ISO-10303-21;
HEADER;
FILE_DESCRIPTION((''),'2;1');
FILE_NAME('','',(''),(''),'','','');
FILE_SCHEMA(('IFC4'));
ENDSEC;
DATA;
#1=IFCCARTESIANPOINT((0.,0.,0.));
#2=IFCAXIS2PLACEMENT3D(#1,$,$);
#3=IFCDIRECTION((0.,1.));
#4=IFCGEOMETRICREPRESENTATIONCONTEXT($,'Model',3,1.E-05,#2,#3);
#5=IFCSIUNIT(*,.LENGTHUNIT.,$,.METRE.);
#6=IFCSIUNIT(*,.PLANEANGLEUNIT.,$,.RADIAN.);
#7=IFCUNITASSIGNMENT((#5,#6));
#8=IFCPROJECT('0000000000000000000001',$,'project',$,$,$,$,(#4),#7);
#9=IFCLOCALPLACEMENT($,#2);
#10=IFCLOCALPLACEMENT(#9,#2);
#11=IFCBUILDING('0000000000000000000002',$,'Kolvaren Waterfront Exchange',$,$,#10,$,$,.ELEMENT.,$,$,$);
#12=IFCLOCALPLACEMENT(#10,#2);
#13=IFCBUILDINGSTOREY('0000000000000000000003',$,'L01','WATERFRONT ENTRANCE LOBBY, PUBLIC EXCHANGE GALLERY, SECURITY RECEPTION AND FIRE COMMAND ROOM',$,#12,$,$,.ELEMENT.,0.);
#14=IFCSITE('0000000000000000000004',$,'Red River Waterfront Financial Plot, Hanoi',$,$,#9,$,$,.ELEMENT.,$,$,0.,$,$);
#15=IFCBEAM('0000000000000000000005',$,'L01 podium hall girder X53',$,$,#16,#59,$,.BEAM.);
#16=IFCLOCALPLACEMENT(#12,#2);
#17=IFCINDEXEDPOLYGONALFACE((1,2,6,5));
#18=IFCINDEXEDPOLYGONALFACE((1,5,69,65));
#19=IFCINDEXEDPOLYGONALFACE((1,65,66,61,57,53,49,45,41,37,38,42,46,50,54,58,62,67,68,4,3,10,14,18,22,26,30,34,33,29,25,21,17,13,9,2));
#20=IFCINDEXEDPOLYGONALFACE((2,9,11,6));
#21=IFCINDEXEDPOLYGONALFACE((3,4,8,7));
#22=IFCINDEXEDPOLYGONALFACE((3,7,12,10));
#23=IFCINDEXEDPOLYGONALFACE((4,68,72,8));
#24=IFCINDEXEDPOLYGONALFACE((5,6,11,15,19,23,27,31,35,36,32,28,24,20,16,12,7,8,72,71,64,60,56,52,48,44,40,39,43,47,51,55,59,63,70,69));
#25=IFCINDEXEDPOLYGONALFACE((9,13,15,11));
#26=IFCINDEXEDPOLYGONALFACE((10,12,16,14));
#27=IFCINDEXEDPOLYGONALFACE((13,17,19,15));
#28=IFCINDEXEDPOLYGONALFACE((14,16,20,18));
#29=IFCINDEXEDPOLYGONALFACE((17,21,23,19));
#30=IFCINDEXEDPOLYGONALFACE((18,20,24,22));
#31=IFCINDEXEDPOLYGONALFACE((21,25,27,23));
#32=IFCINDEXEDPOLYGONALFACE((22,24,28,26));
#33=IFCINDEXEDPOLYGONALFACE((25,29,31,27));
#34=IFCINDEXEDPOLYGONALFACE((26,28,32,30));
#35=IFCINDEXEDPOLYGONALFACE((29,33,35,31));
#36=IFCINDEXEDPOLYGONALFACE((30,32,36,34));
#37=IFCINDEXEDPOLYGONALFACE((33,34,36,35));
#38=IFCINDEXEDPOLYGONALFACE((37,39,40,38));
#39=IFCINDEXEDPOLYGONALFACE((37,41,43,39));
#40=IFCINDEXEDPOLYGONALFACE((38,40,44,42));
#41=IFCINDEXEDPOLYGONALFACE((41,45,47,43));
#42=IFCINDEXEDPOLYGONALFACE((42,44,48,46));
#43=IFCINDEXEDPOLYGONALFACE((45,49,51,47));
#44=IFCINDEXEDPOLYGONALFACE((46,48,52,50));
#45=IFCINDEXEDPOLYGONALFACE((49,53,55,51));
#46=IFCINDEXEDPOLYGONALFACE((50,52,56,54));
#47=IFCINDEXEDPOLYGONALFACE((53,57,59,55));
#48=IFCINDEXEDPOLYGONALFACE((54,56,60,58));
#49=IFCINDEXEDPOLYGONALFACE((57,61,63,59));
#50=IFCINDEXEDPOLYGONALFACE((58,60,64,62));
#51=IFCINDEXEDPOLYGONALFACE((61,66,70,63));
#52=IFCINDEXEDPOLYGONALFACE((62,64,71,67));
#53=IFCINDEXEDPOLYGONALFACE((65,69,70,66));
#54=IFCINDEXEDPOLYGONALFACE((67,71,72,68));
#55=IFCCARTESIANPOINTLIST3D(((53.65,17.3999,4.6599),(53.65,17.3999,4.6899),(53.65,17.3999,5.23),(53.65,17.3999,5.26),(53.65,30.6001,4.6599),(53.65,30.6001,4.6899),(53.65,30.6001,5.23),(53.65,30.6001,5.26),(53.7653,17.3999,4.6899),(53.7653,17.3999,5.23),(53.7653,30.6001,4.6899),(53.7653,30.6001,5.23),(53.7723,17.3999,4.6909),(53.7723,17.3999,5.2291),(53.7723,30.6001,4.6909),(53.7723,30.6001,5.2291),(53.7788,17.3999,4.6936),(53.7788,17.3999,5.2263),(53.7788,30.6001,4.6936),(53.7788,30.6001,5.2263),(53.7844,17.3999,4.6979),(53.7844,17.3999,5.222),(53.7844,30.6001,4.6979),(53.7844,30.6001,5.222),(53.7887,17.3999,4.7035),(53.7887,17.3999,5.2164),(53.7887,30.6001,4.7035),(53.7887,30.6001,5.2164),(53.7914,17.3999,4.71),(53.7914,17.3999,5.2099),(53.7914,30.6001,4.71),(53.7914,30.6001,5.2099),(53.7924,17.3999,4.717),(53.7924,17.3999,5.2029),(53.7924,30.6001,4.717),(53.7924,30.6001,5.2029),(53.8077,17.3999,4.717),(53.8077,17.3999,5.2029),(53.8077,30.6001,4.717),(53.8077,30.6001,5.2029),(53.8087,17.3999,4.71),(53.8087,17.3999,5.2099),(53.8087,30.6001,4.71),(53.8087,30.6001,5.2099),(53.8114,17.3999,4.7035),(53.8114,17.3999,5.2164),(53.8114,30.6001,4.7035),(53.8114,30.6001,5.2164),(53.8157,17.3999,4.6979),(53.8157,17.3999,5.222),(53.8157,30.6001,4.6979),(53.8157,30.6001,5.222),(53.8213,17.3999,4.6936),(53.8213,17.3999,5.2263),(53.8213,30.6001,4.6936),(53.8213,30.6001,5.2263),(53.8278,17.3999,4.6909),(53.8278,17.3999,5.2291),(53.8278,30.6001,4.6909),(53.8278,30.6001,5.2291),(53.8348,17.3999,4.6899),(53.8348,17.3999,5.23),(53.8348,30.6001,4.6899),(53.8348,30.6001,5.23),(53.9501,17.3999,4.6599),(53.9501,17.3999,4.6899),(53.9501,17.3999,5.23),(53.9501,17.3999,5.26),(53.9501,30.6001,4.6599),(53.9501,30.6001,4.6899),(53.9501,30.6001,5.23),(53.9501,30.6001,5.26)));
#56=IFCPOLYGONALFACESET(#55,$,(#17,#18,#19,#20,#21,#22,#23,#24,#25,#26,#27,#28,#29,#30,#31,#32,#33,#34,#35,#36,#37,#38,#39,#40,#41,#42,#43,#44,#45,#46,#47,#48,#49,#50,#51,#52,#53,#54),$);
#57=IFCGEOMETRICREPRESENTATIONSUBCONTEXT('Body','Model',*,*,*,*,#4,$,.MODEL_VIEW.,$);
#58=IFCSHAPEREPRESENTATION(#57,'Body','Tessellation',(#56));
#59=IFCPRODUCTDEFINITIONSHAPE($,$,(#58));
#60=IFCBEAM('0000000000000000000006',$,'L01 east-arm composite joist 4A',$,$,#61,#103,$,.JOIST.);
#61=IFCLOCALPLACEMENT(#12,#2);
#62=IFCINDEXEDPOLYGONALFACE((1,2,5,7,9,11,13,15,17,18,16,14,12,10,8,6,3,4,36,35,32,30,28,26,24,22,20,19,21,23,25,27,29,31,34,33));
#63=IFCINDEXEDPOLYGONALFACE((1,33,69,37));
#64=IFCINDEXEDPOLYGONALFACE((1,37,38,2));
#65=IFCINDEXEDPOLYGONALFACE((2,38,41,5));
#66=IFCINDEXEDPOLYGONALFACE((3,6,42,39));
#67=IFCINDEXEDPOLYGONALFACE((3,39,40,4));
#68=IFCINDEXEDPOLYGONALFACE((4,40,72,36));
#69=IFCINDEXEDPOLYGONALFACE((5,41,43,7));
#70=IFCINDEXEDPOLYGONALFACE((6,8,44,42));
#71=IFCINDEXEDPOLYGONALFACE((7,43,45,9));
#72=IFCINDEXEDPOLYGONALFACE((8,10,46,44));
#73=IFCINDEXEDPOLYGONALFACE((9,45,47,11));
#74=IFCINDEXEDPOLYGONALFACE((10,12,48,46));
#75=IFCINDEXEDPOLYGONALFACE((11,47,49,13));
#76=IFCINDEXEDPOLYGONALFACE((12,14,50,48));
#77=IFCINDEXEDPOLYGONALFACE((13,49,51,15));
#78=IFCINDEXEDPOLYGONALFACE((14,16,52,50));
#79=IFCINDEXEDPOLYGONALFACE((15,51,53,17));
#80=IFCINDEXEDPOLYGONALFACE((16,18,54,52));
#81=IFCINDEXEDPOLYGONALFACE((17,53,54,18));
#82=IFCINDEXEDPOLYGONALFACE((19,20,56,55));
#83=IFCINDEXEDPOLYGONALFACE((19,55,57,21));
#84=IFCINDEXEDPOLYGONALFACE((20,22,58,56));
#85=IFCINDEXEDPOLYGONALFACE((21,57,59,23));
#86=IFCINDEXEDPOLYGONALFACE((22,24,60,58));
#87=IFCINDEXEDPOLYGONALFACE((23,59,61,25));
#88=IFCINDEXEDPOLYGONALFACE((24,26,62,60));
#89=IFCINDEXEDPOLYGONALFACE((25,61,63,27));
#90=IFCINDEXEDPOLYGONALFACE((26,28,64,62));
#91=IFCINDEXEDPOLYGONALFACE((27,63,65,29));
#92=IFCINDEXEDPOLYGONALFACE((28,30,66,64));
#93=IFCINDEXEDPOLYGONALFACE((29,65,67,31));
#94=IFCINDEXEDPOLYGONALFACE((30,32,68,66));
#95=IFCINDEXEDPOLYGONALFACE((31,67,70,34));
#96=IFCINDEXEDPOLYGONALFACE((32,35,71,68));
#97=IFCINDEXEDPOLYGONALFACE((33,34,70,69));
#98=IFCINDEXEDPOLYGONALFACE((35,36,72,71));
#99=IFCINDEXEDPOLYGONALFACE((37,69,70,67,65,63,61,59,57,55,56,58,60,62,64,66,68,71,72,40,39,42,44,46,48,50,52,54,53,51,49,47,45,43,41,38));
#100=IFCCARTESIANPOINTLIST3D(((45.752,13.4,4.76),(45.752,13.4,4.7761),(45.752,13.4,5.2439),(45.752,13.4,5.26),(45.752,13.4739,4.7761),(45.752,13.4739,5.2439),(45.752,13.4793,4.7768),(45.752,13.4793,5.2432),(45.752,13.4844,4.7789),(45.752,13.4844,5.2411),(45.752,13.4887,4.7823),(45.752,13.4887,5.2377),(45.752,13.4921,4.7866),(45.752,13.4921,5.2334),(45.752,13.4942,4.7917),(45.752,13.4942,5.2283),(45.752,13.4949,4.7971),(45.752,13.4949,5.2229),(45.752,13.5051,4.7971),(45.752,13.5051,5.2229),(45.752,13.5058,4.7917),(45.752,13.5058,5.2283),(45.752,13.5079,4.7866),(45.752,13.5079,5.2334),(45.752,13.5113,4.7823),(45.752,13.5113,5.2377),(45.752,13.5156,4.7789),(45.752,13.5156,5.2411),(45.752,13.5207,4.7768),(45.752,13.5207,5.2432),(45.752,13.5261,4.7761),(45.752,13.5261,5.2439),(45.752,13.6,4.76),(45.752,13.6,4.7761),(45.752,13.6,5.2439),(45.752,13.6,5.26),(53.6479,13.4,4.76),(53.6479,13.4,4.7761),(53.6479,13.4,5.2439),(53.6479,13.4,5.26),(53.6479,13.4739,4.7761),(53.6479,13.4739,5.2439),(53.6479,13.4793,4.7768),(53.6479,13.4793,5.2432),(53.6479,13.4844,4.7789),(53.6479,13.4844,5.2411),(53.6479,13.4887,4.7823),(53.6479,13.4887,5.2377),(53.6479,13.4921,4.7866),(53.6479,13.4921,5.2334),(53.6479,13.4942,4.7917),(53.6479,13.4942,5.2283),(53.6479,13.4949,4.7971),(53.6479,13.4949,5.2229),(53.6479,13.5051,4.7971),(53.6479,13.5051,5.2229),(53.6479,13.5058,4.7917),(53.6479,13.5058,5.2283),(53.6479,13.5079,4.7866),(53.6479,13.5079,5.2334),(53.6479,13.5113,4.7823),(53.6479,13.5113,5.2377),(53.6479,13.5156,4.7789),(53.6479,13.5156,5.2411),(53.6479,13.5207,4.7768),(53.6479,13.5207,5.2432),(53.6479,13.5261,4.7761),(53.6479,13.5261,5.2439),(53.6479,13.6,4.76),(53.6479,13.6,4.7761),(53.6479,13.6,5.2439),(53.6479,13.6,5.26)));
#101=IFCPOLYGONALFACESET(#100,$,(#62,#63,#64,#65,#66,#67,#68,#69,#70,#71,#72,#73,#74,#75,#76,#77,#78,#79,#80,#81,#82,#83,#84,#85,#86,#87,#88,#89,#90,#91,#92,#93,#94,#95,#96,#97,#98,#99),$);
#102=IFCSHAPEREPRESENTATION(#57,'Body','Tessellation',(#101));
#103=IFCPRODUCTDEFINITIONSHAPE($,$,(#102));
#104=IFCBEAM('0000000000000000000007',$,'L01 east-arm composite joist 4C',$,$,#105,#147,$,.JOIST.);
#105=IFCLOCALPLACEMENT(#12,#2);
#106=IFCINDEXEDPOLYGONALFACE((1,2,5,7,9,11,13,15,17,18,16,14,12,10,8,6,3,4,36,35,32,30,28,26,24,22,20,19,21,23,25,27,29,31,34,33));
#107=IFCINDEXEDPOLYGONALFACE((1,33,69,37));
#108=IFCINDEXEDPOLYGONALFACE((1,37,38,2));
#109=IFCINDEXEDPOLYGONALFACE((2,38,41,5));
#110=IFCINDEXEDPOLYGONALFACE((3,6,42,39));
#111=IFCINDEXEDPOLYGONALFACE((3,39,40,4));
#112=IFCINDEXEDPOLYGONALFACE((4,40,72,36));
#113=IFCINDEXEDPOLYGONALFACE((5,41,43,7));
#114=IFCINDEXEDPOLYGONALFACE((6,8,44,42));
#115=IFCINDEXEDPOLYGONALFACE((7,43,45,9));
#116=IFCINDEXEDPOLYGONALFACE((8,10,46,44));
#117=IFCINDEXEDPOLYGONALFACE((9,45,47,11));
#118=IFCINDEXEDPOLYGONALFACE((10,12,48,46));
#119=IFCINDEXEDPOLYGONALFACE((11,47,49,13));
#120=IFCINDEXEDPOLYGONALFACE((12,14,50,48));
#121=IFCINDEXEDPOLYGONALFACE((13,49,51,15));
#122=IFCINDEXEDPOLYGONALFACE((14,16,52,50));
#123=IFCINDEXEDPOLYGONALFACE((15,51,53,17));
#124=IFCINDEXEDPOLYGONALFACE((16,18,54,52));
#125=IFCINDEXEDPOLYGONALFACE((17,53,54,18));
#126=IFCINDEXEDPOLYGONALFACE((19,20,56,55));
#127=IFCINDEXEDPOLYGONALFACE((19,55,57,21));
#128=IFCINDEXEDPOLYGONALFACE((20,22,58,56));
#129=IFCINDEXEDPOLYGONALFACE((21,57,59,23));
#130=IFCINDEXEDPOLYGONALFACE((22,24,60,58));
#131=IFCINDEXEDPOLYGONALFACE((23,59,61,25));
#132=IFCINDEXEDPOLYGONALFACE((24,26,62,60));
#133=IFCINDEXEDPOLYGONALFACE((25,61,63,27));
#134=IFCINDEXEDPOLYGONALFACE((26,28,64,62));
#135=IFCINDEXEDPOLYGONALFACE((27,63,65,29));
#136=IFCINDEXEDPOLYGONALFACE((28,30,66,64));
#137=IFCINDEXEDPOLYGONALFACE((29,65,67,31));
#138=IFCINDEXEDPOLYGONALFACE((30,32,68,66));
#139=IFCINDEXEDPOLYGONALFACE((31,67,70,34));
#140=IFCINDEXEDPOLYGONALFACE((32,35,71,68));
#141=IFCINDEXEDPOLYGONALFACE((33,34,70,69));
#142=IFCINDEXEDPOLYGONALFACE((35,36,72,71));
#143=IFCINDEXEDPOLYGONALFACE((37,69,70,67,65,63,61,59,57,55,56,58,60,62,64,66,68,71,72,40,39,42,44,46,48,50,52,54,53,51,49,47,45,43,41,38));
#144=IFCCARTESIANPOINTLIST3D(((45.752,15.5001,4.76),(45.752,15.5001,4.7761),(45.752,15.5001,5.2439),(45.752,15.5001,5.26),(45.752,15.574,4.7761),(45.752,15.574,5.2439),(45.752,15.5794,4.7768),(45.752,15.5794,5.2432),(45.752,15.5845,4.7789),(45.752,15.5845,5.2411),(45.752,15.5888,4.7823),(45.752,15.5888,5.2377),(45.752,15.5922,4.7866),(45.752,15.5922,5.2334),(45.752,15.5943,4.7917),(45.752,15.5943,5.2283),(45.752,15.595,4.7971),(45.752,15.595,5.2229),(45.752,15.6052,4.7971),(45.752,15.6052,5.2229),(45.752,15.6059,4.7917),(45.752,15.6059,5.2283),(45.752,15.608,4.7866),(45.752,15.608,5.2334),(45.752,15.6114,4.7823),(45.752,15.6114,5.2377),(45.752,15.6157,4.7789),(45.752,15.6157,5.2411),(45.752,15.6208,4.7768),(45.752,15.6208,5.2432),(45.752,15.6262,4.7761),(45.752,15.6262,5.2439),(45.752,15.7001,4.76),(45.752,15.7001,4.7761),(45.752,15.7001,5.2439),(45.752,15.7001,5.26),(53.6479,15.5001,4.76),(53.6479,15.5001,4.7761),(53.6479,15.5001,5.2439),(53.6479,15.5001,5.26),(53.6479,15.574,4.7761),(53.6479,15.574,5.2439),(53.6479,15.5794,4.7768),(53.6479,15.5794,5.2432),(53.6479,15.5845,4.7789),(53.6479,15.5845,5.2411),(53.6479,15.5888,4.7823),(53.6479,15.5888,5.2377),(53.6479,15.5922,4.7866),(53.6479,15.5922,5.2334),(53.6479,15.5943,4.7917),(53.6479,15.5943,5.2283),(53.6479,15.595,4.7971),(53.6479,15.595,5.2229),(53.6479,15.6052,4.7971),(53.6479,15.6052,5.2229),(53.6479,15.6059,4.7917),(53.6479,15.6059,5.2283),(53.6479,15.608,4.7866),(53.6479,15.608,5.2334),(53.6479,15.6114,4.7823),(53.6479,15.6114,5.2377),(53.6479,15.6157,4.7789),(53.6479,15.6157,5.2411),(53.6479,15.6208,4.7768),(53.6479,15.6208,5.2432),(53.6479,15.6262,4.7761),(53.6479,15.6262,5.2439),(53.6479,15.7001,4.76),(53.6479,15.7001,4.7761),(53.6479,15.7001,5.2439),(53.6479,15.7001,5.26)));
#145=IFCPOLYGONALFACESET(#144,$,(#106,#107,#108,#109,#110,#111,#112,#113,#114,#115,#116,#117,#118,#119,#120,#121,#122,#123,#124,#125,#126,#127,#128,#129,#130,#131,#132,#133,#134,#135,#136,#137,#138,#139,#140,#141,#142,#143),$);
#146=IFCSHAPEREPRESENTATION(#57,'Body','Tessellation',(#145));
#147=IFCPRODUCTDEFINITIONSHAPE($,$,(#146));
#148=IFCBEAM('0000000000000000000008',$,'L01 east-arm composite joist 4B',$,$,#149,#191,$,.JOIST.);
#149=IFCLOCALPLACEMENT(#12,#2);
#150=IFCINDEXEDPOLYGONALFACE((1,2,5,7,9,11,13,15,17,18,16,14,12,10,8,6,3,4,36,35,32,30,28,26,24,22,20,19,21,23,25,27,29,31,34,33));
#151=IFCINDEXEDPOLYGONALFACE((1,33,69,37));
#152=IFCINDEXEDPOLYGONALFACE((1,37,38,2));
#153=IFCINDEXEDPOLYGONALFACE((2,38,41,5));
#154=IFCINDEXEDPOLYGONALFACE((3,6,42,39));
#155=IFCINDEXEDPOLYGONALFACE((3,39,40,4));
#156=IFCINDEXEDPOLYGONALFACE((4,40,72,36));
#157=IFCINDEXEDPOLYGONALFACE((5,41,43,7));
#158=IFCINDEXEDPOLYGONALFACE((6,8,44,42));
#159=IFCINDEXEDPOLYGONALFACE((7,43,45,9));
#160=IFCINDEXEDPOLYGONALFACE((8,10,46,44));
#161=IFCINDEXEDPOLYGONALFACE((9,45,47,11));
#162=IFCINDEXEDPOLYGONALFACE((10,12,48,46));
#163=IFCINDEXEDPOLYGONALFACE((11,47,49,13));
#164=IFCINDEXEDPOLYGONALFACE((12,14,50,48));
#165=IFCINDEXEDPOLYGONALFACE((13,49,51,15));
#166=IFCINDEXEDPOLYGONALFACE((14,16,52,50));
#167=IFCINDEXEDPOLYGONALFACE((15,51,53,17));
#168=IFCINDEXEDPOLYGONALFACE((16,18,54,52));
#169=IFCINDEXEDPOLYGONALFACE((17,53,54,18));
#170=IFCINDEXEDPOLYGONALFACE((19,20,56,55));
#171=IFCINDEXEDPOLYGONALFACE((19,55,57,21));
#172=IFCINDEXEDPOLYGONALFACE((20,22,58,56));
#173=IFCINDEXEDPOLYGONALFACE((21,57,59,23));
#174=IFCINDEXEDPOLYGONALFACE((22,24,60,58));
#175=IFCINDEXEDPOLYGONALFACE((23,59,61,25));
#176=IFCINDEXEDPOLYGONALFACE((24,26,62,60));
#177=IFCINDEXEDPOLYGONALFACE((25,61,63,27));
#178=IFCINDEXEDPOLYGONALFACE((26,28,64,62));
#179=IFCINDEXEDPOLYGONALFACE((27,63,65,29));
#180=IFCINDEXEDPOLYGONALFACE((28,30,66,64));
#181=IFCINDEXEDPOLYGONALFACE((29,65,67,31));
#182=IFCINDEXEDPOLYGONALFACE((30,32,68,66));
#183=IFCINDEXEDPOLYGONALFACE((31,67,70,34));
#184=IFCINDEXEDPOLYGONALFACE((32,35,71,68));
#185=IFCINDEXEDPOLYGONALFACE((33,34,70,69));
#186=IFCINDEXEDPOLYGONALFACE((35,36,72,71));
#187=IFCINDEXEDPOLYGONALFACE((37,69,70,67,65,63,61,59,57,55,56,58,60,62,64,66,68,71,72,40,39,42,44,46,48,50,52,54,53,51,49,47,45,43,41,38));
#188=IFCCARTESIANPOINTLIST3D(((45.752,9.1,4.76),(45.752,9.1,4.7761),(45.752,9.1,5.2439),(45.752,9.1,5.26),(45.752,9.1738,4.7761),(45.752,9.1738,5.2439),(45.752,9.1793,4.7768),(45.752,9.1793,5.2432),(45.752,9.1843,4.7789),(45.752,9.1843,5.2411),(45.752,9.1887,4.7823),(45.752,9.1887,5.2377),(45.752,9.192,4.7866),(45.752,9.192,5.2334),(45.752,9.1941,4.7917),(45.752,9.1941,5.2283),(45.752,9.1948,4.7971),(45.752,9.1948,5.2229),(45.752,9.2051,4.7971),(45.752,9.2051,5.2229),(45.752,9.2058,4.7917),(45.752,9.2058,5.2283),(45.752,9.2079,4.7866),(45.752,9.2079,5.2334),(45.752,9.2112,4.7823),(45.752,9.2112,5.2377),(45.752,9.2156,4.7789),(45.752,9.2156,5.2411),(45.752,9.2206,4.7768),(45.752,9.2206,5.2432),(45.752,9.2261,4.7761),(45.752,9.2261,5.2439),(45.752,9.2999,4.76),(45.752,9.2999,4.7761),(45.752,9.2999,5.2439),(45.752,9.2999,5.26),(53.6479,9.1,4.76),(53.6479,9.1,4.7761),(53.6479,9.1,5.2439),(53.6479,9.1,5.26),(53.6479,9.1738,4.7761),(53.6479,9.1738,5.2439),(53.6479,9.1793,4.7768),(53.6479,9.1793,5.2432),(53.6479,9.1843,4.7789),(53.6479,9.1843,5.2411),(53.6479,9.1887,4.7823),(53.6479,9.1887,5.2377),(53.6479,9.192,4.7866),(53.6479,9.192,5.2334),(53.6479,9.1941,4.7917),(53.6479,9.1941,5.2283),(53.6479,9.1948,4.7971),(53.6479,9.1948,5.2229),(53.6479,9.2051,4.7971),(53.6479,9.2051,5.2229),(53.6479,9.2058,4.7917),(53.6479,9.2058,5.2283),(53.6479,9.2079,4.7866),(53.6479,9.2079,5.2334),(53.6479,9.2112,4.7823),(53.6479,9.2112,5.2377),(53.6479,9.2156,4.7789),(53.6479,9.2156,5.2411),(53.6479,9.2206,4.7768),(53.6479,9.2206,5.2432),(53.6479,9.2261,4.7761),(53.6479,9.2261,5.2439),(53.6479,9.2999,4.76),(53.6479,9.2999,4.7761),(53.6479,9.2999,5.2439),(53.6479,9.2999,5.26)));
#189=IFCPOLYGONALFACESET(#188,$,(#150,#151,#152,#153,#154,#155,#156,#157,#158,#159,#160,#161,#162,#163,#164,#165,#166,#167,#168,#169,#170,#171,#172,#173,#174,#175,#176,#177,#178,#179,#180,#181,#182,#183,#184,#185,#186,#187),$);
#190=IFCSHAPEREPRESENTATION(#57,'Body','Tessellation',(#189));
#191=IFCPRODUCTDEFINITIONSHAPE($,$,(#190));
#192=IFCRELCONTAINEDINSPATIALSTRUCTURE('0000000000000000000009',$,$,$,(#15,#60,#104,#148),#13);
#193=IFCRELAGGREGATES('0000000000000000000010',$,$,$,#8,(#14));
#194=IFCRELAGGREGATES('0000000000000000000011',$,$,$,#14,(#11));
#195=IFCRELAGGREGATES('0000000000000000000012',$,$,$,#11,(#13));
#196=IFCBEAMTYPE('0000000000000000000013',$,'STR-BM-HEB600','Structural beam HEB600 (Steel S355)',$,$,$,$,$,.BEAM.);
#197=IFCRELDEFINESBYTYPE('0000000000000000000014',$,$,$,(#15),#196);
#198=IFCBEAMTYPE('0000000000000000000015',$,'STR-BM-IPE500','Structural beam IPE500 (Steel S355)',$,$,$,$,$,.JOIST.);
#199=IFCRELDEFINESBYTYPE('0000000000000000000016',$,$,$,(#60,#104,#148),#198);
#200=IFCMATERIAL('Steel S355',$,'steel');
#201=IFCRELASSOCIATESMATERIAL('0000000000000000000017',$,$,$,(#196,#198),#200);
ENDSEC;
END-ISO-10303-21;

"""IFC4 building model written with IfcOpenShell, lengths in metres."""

from ifc_helpers import new_model, si_unit, direction, frame, origin, origin_2d, place, context, subcontext, project, spatial, i_section, extrude, material, material_profile, profile_set, type_object, element, save


model = new_model("IFC4")

# Units and contexts
model_context = context("Model", 3, precision=1e-05, world=origin(), true_north=direction((0.0, 1.0)))
body_context = subcontext(model_context, "Body", "Model", "MODEL_VIEW")
ifc_project = project(units=[si_unit("LENGTHUNIT", "METRE"), si_unit("PLANEANGLEUNIT", "RADIAN")], contexts=[model_context])

# Site, building, storey
site_placement = place(None, origin())
site = spatial("IfcSite", under=ifc_project, at=site_placement, Name="Red River Waterfront Financial Plot, Hanoi", CompositionType="ELEMENT", RefElevation=0.0)
building_placement = place(site_placement, origin())
building = spatial("IfcBuilding", under=site, at=building_placement, Name="Kolvaren Waterfront Exchange", CompositionType="ELEMENT")
storey_placement = place(building_placement, origin())
storey = spatial("IfcBuildingStorey", under=building, at=storey_placement, Name="L01", Description="WATERFRONT ENTRANCE LOBBY, PUBLIC EXCHANGE GALLERY, SECURITY RECEPTION AND FIRE COMMAND ROOM", CompositionType="ELEMENT", Elevation=0.0)

# Beams
ifc_material_1 = material(Name="Steel S355", Category="steel")
ifc_material_profile_1 = material_profile(ifc_material_1, i_section(OverallWidth=0.3, OverallDepth=0.6001, WebThickness=0.0154, FlangeThickness=0.03, FilletRadius=0.0271, at=origin_2d()), Name="HEB600")
ifc_profile_set_1 = profile_set([ifc_material_profile_1], Name="Steel S355")
beam_type_1 = type_object("IfcBeamType", Name="STR-BM-HEB600", Description="Structural beam HEB600 (Steel S355)", PredefinedType="BEAM", material=ifc_profile_set_1)
for number, where, z_axis, x_axis, name in (
    (1, (53.8, 17.3999, 4.96), (0.0, 1.0, 0.0), (-1.0, 0.0, 0.0), "L01 podium hall girder X53"),
):
    element("IfcBeam", number, at=place(storey_placement, frame(where, z_axis=z_axis, x_axis=x_axis)), inside=storey, type_object=beam_type_1, Name=name, PredefinedType="BEAM", context=body_context, shape_type="SweptSolid", body=[
        extrude(i_section(OverallWidth=0.3, OverallDepth=0.6001, WebThickness=0.0154, FlangeThickness=0.03, FilletRadius=0.0271, at=origin_2d()), origin(), (0.0, 0.0, 1.0), 13.2002),
    ])
ifc_material_profile_2 = material_profile(ifc_material_1, i_section(OverallWidth=0.2, OverallDepth=0.5, WebThickness=0.0103, FlangeThickness=0.0161, FilletRadius=0.021, at=origin_2d()), Name="IPE500")
ifc_profile_set_2 = profile_set([ifc_material_profile_2], Name="Steel S355")
beam_type_2 = type_object("IfcBeamType", Name="STR-BM-IPE500", Description="Structural beam IPE500 (Steel S355)", PredefinedType="JOIST", material=ifc_profile_set_2)
for number, where, z_axis, x_axis, name in (
    (2, (45.752, 13.5, 5.01), (1.0, 0.0, 0.0), (0.0, 1.0, 0.0), "L01 east-arm composite joist 4A"),
    (3, (45.752, 15.6001, 5.01), (1.0, 0.0, 0.0), (0.0, 1.0, 0.0), "L01 east-arm composite joist 4C"),
    (4, (45.752, 9.2, 5.01), (1.0, 0.0, 0.0), (0.0, 1.0, 0.0), "L01 east-arm composite joist 4B"),
):
    element("IfcBeam", number, at=place(storey_placement, frame(where, z_axis=z_axis, x_axis=x_axis)), inside=storey, type_object=beam_type_2, Name=name, PredefinedType="JOIST", context=body_context, shape_type="SweptSolid", body=[
        extrude(i_section(OverallWidth=0.2, OverallDepth=0.5, WebThickness=0.0103, FlangeThickness=0.0161, FilletRadius=0.021, at=origin_2d()), origin(), (0.0, 0.0, 1.0), 7.896),
    ])

save(model, "model.ifc")
